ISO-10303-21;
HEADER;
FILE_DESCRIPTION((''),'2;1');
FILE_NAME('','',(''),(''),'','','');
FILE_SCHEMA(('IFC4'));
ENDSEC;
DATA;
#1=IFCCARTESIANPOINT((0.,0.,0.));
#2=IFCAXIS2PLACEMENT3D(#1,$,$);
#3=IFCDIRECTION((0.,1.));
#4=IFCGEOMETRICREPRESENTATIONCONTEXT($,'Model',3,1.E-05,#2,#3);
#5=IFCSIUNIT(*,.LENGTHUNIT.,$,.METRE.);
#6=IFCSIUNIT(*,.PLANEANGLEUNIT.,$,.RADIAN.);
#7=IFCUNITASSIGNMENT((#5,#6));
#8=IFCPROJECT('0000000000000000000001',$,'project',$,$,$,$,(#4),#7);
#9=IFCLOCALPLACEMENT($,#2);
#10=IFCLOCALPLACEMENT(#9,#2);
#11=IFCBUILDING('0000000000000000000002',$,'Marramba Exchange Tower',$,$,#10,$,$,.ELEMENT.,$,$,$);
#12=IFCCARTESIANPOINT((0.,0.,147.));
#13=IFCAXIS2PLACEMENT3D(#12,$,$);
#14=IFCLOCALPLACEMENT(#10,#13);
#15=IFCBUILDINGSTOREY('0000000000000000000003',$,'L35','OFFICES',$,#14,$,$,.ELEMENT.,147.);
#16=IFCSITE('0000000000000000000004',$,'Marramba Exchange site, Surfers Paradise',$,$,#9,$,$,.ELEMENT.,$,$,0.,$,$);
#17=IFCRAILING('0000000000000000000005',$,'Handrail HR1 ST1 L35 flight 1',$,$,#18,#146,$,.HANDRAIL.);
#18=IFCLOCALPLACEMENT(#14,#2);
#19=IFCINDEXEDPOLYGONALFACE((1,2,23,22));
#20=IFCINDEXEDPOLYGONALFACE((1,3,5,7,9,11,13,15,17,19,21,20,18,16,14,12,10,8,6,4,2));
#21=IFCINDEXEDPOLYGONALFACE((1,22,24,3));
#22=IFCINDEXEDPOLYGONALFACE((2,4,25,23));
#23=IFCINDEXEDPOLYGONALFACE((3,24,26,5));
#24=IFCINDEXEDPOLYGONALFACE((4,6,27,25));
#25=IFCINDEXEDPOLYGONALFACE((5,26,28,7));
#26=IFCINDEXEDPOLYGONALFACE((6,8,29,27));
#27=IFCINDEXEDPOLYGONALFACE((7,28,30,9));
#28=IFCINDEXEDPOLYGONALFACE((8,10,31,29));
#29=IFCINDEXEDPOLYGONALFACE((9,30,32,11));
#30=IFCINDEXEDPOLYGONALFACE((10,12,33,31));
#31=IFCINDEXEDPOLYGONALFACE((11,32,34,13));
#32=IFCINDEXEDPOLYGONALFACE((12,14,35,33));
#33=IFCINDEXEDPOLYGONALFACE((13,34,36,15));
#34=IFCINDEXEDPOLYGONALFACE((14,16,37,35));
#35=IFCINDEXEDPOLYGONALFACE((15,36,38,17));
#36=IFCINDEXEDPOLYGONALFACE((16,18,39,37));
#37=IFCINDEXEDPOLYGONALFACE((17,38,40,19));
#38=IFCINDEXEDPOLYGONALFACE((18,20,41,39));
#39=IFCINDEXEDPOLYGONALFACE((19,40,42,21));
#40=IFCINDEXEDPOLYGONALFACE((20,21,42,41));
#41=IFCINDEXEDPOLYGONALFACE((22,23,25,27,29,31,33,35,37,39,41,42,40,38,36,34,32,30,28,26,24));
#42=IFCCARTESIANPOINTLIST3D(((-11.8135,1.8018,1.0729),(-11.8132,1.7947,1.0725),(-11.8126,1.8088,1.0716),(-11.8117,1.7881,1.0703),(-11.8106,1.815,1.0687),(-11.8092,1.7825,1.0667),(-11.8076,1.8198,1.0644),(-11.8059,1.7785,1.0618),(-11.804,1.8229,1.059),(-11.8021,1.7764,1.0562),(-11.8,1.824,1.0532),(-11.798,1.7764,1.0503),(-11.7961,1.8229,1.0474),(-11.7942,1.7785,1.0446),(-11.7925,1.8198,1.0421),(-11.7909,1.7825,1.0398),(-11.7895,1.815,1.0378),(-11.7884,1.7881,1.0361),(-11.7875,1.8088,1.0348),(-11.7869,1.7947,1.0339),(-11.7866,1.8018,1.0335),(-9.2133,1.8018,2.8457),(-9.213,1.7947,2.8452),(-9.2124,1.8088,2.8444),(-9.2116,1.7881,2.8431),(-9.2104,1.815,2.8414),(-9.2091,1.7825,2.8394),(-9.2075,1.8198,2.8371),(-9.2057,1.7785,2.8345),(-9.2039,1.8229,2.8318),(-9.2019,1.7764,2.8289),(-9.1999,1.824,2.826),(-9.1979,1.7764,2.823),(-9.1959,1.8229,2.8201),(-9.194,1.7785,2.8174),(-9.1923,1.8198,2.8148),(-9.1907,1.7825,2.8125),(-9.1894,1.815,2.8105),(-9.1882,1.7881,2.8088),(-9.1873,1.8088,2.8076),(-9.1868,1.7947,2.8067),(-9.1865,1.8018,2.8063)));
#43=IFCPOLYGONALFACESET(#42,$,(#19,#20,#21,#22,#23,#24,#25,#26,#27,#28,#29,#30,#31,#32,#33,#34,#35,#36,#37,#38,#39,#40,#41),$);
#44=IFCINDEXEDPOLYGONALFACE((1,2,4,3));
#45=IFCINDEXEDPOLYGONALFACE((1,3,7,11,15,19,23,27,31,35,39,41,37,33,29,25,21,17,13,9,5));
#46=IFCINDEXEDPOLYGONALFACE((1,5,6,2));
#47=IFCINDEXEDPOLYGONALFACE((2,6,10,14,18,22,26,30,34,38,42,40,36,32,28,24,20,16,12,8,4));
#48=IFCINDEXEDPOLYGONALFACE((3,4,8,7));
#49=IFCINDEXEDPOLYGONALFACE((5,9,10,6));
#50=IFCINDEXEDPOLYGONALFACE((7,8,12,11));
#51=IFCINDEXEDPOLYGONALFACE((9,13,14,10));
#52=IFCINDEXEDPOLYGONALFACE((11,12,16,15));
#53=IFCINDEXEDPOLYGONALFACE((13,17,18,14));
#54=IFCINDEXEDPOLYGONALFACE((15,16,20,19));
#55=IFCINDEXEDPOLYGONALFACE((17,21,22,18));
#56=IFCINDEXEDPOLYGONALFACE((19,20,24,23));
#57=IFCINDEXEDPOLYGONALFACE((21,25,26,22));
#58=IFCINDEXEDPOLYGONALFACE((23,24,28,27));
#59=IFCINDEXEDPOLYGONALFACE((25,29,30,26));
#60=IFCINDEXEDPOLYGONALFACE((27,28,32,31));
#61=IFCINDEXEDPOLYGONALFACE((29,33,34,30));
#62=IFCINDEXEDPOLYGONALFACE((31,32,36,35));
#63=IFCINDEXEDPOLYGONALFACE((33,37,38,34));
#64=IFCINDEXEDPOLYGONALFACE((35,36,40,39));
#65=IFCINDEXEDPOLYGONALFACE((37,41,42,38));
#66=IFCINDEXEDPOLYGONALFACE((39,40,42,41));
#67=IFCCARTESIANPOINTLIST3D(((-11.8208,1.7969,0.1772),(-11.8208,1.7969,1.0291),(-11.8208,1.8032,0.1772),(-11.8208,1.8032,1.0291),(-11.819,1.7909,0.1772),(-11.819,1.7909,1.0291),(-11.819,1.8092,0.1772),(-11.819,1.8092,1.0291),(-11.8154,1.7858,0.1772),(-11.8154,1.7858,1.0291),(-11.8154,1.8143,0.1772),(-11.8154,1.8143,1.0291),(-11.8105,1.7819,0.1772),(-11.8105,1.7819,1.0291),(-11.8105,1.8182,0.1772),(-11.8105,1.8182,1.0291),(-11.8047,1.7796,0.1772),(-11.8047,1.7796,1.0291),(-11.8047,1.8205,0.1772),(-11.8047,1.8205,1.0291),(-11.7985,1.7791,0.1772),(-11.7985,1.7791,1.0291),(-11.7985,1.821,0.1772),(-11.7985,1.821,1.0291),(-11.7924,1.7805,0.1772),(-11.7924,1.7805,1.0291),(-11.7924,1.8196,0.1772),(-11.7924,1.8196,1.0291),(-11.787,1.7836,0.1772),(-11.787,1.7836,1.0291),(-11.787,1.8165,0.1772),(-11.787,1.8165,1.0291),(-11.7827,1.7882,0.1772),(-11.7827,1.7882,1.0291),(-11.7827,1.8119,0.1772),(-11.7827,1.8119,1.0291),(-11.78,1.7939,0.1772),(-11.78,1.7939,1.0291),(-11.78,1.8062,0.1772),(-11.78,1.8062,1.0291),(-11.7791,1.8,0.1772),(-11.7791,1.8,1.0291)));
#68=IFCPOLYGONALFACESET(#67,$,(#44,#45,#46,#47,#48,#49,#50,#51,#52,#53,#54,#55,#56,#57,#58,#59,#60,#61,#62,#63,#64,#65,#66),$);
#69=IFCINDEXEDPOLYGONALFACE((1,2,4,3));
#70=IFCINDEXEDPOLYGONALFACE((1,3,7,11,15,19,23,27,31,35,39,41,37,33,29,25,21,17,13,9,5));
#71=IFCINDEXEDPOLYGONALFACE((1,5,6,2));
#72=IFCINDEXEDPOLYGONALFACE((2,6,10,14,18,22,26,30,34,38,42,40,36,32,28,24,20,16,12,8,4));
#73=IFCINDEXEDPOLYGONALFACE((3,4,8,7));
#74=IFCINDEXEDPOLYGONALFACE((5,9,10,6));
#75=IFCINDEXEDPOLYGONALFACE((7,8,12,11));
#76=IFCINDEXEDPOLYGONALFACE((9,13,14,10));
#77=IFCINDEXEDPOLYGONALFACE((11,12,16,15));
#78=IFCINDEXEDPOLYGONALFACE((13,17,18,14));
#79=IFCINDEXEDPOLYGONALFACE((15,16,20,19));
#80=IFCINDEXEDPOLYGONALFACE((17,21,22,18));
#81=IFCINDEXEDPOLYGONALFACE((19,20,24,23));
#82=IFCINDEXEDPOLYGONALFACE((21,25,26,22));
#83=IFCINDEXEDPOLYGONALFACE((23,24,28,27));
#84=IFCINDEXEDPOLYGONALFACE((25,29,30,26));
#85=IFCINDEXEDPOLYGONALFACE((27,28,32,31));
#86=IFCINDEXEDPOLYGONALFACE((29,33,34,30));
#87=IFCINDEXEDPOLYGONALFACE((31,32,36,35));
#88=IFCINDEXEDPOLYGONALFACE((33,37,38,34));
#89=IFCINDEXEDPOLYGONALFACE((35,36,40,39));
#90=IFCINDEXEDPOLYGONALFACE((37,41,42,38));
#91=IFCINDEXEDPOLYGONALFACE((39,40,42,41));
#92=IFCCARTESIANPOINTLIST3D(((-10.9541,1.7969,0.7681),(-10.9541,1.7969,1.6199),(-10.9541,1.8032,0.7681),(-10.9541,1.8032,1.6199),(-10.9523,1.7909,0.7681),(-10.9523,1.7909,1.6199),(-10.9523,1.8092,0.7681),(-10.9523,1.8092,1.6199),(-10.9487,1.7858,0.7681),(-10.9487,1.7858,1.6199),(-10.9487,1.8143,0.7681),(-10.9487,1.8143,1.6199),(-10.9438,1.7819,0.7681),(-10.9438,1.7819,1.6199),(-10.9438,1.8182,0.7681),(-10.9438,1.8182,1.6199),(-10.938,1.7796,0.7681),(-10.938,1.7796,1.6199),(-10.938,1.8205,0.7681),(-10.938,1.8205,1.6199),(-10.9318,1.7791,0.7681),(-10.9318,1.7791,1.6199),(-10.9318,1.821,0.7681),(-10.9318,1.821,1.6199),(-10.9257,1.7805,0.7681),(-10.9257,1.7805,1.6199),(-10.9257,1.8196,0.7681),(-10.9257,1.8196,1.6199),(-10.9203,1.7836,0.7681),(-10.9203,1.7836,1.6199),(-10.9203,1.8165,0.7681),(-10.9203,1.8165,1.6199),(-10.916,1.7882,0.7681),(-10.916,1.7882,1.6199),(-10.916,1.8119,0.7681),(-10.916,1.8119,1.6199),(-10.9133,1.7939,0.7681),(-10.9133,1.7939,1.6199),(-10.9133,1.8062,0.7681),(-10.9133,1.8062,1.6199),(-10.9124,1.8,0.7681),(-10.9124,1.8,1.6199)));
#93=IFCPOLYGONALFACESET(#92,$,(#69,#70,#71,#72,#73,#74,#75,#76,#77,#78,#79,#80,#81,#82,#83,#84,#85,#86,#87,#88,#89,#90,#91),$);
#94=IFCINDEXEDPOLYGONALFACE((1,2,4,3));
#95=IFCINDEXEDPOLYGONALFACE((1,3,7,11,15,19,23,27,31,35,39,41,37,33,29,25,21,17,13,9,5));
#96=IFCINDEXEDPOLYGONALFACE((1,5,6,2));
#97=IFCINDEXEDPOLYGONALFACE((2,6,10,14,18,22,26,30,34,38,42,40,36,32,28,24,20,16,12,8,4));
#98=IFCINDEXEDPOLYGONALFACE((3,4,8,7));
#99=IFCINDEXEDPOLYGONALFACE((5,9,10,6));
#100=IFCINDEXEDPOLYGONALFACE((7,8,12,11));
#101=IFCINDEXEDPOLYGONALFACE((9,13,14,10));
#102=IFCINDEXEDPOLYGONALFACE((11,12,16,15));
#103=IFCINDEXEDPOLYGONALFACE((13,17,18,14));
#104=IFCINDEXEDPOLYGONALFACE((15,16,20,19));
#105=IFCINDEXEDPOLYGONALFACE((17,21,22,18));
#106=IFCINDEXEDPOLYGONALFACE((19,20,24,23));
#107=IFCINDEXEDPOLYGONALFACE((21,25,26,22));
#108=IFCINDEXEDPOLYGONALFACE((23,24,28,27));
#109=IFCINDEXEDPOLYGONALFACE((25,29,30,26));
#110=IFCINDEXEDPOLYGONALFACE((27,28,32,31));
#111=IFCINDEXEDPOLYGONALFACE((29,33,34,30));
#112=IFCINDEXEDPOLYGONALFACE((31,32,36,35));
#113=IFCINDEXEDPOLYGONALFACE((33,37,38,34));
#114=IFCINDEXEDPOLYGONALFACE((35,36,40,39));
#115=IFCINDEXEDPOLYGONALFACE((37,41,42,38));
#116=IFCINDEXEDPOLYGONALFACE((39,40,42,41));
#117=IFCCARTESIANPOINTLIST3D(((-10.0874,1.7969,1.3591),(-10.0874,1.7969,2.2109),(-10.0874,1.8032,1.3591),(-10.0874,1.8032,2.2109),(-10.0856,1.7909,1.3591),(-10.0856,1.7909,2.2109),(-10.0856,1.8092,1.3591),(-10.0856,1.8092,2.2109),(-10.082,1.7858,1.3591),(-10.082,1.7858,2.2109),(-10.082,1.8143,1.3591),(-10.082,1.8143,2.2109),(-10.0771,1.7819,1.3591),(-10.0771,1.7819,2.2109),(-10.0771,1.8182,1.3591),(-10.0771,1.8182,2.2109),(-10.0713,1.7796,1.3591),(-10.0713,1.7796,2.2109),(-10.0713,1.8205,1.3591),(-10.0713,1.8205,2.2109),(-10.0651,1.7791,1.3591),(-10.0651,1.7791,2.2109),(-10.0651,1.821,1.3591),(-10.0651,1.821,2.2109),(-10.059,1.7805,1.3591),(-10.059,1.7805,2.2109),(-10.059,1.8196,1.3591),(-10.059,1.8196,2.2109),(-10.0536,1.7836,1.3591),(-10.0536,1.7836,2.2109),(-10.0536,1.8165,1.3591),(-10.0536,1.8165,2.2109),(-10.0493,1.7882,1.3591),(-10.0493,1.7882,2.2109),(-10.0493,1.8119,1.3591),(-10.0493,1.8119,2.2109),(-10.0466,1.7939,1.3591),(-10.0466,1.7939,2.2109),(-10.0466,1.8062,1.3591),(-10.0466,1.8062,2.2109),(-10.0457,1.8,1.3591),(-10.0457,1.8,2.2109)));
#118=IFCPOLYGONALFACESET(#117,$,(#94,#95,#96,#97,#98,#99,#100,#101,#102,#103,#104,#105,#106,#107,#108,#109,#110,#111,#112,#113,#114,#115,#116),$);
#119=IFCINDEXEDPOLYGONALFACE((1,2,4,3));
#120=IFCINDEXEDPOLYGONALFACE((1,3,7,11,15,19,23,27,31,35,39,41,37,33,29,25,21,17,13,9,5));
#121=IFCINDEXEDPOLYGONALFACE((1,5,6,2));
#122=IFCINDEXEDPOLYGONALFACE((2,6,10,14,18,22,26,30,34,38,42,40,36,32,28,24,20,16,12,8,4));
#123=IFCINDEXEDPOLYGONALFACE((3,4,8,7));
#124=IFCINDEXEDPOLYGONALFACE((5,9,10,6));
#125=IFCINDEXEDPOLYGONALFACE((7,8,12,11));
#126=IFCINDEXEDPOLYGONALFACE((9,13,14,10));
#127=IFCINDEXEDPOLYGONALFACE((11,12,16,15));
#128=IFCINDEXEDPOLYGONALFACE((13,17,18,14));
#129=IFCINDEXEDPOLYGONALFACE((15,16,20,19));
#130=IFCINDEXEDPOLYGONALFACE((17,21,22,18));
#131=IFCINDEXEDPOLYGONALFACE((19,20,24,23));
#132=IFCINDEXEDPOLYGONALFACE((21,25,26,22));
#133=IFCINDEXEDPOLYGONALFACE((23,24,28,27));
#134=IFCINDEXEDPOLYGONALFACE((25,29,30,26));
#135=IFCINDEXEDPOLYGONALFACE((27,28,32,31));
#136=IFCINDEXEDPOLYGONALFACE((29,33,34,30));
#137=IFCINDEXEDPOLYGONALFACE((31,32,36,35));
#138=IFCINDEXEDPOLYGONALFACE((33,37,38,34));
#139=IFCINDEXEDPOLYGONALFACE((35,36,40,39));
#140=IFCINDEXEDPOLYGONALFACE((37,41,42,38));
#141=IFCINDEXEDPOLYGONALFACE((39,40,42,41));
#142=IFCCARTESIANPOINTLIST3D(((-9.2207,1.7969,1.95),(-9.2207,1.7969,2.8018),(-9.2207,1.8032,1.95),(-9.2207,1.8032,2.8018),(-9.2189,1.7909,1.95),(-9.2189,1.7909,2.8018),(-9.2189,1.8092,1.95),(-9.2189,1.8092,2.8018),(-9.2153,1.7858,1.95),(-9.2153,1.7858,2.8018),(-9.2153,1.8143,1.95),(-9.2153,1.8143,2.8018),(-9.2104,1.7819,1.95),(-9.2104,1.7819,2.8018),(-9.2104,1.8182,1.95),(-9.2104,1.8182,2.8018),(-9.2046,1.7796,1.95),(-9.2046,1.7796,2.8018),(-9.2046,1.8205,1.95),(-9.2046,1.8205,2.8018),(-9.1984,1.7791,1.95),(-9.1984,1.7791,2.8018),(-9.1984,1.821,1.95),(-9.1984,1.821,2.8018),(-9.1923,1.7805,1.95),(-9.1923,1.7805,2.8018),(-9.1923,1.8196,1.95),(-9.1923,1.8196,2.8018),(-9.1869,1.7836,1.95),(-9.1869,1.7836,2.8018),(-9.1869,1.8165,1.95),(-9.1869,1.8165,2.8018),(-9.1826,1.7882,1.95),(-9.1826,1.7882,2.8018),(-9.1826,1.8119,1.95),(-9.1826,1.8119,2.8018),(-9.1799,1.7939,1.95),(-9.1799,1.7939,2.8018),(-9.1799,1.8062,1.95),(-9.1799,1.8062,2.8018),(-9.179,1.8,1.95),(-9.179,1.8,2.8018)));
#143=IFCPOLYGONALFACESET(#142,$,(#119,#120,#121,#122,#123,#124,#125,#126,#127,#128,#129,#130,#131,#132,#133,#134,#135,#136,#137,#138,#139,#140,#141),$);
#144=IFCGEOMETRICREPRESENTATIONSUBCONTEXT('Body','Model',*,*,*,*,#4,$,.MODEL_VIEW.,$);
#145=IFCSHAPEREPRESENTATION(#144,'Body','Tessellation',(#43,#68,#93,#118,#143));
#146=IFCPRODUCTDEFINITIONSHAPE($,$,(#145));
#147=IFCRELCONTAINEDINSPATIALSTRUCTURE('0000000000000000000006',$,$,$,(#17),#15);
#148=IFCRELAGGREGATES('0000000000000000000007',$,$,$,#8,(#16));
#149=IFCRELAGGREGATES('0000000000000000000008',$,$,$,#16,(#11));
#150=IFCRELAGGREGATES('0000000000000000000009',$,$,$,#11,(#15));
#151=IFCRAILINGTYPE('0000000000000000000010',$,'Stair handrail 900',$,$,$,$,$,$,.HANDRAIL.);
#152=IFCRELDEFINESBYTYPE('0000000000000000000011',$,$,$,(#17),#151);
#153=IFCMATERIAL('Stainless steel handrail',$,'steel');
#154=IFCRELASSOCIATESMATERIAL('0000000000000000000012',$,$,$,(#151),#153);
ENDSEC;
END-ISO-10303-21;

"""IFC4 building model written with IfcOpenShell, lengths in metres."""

from ifc_helpers import new_model, si_unit, direction, frame, origin, origin_2d, place, context, subcontext, project, spatial, circle, extrude, material, type_object, element, save


model = new_model("IFC4")

# Units and contexts
model_context = context("Model", 3, precision=1e-05, world=origin(), true_north=direction((0.0, 1.0)))
body_context = subcontext(model_context, "Body", "Model", "MODEL_VIEW")
ifc_project = project(units=[si_unit("LENGTHUNIT", "METRE"), si_unit("PLANEANGLEUNIT", "RADIAN")], contexts=[model_context])

# Site, building, storey
site_placement = place(None, origin())
site = spatial("IfcSite", under=ifc_project, at=site_placement, Name="Marramba Exchange site, Surfers Paradise", CompositionType="ELEMENT", RefElevation=0.0)
building_placement = place(site_placement, origin())
building = spatial("IfcBuilding", under=site, at=building_placement, Name="Marramba Exchange Tower", CompositionType="ELEMENT")
storey_placement = place(building_placement, frame((0.0, 0.0, 147.0)))
storey = spatial("IfcBuildingStorey", under=building, at=storey_placement, Name="L35", Description="OFFICES", CompositionType="ELEMENT", Elevation=147.0)

# Railing
ifc_material_1 = material(Name="Stainless steel handrail", Category="steel")
railing_type = type_object("IfcRailingType", Name="Stair handrail 900", PredefinedType="HANDRAIL", material=ifc_material_1)
railing_placement = place(storey_placement, frame((-11.8, 1.8, 0.1772)))
element("IfcRailing", 1, at=railing_placement, inside=storey, type_object=railing_type, Name="Handrail HR1 ST1 L35 flight 1", PredefinedType="HANDRAIL", context=body_context, shape_type="SweptSolid", body=[
    extrude(circle(Radius=0.0239, at=origin_2d()), frame((0.0, 0.0, 0.876), z_axis=(0.82624, 0.0, 0.563318), x_axis=(0.0, 1.0, 0.0)), (0.0, 0.0, 1.0), 3.147),
    extrude(circle(Radius=0.021, at=origin_2d()), origin(), (0.0, 0.0, 1.0), 0.8518),
    extrude(circle(Radius=0.021, at=origin_2d()), frame((0.8667, 0.0, 0.5908)), (0.0, 0.0, 1.0), 0.8518),
    extrude(circle(Radius=0.021, at=origin_2d()), frame((1.7334, 0.0, 1.1819)), (0.0, 0.0, 1.0), 0.8518),
    extrude(circle(Radius=0.021, at=origin_2d()), frame((2.6001, 0.0, 1.7727)), (0.0, 0.0, 1.0), 0.8518),
])

save(model, "model.ifc")
